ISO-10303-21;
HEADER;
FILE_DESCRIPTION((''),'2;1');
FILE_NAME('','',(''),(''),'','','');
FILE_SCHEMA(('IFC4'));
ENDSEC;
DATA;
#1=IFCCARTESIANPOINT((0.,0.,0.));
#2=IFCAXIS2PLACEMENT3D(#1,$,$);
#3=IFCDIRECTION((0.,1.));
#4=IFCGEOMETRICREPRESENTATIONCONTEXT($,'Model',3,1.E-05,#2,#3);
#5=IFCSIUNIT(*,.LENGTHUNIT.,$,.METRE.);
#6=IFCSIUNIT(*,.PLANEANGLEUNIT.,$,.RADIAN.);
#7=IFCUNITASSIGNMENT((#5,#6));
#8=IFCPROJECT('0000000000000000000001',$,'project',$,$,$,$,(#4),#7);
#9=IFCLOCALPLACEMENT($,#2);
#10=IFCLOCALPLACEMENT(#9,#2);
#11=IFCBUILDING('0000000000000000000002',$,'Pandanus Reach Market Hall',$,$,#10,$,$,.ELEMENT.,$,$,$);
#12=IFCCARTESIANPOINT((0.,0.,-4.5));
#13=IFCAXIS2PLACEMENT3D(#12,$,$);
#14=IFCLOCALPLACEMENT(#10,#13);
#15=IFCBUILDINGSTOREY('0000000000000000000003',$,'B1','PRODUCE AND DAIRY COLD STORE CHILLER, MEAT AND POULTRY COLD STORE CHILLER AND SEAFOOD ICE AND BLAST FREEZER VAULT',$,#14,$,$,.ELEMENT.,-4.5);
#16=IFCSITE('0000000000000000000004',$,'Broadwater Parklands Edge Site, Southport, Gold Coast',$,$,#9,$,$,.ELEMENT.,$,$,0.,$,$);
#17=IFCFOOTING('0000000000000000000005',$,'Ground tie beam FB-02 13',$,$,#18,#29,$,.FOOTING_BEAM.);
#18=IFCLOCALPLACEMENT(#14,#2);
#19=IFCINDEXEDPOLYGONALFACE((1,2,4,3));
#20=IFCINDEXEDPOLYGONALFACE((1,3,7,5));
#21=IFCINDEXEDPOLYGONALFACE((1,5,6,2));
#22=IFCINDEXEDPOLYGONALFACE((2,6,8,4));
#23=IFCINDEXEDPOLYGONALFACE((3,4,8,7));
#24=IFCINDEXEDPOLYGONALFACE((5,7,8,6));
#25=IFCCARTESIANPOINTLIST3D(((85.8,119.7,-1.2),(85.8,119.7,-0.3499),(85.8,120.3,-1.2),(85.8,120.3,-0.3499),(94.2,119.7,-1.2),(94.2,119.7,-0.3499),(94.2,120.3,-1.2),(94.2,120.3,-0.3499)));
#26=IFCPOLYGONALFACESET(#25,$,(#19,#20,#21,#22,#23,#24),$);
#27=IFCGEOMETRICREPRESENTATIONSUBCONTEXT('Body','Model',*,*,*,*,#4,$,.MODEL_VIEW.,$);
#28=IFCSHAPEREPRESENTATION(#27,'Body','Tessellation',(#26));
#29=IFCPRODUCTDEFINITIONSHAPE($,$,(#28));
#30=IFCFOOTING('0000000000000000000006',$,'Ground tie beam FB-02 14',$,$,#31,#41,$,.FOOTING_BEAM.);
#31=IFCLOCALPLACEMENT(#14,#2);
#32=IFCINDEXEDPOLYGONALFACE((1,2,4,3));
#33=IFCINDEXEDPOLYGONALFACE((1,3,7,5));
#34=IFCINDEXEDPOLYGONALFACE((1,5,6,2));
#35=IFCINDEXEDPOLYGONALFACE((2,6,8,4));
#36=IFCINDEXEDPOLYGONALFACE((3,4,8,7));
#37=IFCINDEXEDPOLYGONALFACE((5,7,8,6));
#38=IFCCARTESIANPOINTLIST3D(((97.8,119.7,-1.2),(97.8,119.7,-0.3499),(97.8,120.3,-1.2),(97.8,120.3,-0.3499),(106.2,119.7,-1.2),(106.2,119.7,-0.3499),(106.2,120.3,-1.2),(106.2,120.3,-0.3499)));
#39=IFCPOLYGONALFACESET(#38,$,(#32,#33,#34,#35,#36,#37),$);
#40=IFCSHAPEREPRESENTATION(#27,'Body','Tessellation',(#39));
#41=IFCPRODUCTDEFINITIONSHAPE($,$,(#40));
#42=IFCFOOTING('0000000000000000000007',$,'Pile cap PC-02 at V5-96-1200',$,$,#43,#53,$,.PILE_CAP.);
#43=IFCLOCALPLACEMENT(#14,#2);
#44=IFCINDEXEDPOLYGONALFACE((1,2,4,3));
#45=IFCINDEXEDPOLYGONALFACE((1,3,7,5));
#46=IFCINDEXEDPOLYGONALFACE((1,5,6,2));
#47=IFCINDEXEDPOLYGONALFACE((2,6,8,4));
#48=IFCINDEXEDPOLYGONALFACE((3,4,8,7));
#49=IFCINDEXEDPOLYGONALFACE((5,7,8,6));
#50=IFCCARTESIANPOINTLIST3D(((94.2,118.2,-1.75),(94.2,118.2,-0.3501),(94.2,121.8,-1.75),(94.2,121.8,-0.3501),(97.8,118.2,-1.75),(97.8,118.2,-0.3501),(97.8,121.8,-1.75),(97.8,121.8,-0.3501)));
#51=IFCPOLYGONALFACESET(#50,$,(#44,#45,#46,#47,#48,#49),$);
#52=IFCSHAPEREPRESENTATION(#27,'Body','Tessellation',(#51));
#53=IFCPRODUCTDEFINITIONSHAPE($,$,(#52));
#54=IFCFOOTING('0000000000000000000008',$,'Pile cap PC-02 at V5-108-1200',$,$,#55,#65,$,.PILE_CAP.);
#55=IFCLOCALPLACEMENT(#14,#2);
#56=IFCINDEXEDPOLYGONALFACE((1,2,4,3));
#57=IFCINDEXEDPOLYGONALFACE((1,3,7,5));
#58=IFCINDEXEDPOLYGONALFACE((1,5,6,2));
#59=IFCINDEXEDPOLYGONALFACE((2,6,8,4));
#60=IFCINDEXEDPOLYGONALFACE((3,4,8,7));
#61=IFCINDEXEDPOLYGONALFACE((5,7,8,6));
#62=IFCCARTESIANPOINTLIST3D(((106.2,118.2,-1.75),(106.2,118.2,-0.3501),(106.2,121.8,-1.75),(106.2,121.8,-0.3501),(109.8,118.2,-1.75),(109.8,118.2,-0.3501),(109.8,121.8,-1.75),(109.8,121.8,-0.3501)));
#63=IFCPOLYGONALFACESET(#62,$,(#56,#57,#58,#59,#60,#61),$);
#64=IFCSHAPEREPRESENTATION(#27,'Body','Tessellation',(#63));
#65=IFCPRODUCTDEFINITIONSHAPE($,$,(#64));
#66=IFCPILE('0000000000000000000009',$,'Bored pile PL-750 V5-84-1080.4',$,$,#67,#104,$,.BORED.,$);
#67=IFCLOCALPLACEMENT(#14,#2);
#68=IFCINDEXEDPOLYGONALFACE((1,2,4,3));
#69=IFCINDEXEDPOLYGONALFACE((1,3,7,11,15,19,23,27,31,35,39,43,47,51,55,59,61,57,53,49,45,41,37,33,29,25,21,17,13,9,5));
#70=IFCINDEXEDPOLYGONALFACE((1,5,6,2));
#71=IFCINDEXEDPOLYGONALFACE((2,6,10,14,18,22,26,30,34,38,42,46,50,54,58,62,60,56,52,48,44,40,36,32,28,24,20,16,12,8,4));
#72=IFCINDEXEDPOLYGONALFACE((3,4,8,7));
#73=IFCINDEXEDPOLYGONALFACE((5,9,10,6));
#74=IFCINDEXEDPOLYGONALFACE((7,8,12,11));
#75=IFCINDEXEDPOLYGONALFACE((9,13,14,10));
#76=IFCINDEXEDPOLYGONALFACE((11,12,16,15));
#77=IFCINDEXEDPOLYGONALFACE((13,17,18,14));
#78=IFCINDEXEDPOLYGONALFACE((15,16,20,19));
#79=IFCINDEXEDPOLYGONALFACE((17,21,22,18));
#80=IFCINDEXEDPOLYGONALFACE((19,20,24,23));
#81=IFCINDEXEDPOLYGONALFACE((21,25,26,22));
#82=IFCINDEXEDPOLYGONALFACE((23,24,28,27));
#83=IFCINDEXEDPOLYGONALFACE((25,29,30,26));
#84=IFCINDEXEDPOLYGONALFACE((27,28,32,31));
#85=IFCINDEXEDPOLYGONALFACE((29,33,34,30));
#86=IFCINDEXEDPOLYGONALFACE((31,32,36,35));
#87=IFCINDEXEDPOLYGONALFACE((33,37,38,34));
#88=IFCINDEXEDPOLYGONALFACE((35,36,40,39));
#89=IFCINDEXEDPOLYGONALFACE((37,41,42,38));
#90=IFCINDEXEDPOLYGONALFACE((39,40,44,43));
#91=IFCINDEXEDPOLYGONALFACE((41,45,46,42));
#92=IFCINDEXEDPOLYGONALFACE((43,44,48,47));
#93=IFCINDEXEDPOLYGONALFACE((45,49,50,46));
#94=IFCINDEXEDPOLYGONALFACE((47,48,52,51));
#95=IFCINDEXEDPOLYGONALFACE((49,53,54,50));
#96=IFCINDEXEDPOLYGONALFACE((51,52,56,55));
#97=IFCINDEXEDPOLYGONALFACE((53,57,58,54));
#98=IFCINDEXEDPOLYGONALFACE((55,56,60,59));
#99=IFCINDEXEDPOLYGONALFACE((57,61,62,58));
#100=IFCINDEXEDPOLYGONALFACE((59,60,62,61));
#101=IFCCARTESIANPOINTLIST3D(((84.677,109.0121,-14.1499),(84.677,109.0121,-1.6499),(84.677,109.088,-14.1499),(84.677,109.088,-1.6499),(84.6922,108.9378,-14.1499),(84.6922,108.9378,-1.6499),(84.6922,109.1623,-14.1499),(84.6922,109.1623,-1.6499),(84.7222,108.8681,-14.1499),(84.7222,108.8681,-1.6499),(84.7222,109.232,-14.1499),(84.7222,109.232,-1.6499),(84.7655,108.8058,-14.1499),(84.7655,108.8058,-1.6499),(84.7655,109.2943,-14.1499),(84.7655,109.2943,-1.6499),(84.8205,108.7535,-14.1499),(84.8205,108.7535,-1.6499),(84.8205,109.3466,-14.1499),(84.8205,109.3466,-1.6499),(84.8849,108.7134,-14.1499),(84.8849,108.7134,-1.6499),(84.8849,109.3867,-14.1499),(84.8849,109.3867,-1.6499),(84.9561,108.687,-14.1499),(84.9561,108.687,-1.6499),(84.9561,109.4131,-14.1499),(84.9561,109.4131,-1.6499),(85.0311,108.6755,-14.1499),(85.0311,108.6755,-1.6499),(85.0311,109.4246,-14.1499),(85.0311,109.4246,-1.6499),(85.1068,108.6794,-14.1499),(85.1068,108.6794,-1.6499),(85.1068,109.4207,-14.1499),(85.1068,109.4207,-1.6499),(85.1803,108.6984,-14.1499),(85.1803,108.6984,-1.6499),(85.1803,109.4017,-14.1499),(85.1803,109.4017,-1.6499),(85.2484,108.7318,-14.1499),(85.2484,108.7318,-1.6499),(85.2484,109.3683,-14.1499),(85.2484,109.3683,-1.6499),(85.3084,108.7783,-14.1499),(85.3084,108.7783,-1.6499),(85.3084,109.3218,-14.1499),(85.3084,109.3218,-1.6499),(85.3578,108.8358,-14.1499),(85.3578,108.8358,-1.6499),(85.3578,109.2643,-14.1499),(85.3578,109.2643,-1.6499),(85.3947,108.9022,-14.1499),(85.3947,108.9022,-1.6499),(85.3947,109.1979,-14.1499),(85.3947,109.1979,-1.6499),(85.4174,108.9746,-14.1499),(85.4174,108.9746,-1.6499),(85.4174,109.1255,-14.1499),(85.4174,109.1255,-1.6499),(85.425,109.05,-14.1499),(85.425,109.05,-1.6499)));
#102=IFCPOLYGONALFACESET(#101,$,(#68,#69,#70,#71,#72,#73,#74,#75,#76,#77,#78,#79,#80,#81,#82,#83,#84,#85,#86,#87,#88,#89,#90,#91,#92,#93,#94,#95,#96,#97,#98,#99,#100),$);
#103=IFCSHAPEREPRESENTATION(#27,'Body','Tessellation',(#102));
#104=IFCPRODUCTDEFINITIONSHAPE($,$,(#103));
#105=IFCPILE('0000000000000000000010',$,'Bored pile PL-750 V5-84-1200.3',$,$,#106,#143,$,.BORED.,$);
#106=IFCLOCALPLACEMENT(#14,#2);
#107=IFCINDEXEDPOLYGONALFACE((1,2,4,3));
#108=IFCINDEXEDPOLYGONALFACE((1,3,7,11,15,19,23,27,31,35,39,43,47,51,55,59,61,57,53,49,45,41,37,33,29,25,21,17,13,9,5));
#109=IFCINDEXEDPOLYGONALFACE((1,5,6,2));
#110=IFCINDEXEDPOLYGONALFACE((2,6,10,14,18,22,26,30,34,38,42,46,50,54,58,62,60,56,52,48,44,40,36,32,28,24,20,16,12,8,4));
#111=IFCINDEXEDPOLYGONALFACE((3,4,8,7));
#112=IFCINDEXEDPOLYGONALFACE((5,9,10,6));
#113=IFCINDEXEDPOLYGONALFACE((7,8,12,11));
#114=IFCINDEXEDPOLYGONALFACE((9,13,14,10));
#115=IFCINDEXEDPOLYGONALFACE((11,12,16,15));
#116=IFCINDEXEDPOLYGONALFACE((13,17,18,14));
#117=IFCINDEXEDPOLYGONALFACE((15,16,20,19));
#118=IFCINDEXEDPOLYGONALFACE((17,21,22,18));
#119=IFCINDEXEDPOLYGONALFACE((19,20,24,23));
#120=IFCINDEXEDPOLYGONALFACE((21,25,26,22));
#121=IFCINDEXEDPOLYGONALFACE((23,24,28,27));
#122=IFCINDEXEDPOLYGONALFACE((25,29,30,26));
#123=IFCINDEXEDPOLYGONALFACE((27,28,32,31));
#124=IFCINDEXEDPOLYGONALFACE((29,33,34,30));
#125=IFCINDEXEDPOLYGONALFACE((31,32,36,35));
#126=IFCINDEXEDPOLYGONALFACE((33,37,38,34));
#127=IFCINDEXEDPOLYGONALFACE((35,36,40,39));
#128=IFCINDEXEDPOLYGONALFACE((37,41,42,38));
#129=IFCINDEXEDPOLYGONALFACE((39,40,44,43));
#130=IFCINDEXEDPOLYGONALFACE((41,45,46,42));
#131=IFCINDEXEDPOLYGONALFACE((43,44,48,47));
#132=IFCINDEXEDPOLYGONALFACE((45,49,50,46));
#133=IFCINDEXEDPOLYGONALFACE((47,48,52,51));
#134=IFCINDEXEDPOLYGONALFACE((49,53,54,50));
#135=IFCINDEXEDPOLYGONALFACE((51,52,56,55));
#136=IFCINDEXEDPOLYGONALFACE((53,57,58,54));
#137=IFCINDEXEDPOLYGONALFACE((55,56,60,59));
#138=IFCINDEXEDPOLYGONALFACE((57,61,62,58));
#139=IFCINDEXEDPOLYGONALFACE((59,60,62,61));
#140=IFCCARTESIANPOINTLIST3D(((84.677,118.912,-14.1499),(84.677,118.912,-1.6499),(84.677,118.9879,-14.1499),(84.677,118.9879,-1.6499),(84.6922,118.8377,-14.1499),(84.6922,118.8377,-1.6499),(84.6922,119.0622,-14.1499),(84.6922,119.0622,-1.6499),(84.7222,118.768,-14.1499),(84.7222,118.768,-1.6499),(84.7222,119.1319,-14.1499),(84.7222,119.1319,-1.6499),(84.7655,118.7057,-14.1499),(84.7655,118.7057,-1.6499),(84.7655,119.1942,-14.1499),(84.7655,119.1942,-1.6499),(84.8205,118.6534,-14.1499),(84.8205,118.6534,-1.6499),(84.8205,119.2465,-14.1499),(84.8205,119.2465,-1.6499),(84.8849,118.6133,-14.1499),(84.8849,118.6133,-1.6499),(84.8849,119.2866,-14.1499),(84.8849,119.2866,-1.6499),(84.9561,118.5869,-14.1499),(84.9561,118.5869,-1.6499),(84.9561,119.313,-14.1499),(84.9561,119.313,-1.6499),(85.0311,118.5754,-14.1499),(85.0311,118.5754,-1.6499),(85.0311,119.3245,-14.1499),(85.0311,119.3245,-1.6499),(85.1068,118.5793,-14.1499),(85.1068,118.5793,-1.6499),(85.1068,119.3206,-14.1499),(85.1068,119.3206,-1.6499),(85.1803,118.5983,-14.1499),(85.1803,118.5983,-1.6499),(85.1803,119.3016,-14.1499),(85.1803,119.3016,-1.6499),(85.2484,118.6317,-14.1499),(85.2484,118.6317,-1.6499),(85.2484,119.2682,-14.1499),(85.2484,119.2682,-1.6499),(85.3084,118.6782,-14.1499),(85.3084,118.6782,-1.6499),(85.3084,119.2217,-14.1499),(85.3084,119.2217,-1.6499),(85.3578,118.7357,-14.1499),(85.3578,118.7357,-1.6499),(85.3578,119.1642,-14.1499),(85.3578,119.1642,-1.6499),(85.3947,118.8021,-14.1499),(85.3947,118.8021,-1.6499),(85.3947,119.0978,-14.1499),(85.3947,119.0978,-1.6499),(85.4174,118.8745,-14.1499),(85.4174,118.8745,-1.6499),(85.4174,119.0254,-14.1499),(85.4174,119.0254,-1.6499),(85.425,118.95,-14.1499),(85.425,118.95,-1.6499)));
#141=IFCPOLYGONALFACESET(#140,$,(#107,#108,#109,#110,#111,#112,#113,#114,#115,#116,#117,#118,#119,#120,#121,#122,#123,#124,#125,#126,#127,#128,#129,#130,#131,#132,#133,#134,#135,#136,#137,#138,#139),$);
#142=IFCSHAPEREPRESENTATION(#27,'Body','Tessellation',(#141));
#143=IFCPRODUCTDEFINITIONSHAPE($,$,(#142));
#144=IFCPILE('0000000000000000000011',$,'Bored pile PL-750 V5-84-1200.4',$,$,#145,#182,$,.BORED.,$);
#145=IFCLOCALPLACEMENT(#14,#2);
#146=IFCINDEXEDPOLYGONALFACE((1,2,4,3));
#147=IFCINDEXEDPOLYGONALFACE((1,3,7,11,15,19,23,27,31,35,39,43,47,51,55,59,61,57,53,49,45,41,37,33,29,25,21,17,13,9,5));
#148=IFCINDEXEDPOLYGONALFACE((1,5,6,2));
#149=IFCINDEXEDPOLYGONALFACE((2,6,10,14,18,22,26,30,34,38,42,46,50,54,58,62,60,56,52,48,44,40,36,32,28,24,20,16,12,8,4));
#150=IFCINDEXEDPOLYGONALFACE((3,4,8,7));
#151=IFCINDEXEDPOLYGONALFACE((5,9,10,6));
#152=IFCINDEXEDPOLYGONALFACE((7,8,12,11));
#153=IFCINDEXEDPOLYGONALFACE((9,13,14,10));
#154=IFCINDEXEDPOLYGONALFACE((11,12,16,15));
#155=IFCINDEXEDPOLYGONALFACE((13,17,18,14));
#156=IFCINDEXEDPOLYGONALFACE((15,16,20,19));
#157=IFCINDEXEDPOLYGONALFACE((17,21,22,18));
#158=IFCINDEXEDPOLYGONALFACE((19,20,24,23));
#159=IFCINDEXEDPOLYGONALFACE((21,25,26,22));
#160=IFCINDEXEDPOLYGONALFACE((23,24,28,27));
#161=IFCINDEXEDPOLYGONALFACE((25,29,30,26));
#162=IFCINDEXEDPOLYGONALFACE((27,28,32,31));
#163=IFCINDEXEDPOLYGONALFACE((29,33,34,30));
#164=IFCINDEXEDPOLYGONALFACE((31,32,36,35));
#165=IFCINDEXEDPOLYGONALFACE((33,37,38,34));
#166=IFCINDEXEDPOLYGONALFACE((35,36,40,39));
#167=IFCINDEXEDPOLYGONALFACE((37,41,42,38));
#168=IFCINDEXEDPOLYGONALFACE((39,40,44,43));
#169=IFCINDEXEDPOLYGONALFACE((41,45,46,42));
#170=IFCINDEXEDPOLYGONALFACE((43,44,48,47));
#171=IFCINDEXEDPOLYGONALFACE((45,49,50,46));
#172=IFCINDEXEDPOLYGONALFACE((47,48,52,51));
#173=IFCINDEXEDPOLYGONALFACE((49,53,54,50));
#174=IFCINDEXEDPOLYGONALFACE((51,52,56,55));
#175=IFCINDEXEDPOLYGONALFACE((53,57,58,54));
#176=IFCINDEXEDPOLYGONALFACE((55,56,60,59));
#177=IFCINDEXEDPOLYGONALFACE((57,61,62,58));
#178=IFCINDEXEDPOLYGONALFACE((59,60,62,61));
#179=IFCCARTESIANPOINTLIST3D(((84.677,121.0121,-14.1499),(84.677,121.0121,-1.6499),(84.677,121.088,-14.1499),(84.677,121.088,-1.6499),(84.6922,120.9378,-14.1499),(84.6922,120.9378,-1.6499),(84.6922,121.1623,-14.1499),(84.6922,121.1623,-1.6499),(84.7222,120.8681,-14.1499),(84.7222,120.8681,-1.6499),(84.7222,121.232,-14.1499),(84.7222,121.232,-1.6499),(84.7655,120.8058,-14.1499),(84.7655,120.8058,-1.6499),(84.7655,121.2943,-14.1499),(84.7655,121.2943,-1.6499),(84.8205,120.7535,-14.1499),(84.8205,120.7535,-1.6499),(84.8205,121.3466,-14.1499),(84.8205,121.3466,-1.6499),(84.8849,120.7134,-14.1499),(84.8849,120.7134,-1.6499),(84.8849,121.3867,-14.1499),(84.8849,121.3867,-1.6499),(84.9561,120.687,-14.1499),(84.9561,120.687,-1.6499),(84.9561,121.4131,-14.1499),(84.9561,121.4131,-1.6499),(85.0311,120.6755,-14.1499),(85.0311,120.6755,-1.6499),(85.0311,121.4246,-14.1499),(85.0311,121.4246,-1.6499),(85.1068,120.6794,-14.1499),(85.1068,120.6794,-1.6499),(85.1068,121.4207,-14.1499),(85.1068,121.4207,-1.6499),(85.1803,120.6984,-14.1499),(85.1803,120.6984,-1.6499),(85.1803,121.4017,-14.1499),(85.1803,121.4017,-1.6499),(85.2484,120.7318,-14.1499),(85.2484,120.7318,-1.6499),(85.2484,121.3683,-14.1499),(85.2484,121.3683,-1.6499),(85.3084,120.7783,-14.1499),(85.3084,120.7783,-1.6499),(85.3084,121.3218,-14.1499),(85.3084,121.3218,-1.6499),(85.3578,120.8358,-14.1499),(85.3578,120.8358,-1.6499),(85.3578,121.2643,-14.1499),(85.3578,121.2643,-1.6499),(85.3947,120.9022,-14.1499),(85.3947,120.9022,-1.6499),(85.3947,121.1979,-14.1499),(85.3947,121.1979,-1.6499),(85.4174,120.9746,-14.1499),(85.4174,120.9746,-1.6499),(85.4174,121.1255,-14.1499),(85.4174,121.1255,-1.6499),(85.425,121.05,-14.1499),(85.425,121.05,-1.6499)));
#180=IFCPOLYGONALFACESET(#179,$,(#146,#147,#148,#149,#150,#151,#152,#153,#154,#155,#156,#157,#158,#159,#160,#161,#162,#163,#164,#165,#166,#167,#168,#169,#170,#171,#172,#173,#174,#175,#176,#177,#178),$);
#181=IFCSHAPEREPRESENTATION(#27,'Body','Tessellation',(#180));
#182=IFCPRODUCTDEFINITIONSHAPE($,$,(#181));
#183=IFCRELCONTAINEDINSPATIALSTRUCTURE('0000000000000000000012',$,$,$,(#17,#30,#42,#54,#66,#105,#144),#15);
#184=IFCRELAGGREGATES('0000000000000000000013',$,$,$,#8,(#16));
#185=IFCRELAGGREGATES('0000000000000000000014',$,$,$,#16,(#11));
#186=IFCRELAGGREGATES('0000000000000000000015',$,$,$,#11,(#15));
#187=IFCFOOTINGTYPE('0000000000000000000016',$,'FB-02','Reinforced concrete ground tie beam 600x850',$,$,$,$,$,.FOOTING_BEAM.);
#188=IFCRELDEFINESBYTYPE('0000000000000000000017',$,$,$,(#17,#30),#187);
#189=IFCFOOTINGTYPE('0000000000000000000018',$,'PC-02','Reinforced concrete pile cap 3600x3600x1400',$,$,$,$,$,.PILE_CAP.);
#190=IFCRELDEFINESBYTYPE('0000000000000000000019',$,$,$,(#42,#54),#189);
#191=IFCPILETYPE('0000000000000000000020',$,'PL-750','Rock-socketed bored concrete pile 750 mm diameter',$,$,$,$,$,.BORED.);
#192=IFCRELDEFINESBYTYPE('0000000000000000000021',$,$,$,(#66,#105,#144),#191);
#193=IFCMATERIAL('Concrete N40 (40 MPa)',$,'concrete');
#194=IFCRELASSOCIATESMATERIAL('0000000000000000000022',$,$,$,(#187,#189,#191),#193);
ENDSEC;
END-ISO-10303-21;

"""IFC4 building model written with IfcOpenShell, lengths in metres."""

from ifc_helpers import new_model, si_unit, direction, frame, origin, origin_2d, place, context, subcontext, project, spatial, rectangle, circle, extrude, material, material_profile, profile_set, type_object, element, save


model = new_model("IFC4")

# Units and contexts
model_context = context("Model", 3, precision=1e-05, world=origin(), true_north=direction((0.0, 1.0)))
body_context = subcontext(model_context, "Body", "Model", "MODEL_VIEW")
ifc_project = project(units=[si_unit("LENGTHUNIT", "METRE"), si_unit("PLANEANGLEUNIT", "RADIAN")], contexts=[model_context])

# Site, building, storey
site_placement = place(None, origin())
site = spatial("IfcSite", under=ifc_project, at=site_placement, Name="Broadwater Parklands Edge Site, Southport, Gold Coast", CompositionType="ELEMENT", RefElevation=0.0)
building_placement = place(site_placement, origin())
building = spatial("IfcBuilding", under=site, at=building_placement, Name="Pandanus Reach Market Hall", CompositionType="ELEMENT")
storey_placement = place(building_placement, frame((0.0, 0.0, -4.5)))
storey = spatial("IfcBuildingStorey", under=building, at=storey_placement, Name="B1", Description="PRODUCE AND DAIRY COLD STORE CHILLER, MEAT AND POULTRY COLD STORE CHILLER AND SEAFOOD ICE AND BLAST FREEZER VAULT", CompositionType="ELEMENT", Elevation=-4.5)

# Footings
ifc_material_1 = material(Name="Concrete N40 (40 MPa)", Category="concrete")
footing_type_1 = type_object("IfcFootingType", Name="FB-02", Description="Reinforced concrete ground tie beam 600x850", PredefinedType="FOOTING_BEAM", material=ifc_material_1)
for number, where, z_axis, x_axis, name in (
    (1, (90.0, 120.0, -1.2), (0.0, 0.0, 1.0), (1.0, 0.0, 0.0), "Ground tie beam FB-02 13"),
    (2, (102.0, 120.0, -1.2), (0.0, 0.0, 1.0), (1.0, 0.0, 0.0), "Ground tie beam FB-02 14"),
):
    element("IfcFooting", number, at=place(storey_placement, frame(where, z_axis=z_axis, x_axis=x_axis)), inside=storey, type_object=footing_type_1, Name=name, PredefinedType="FOOTING_BEAM", context=body_context, shape_type="SweptSolid", body=[
        extrude(rectangle(XDim=8.3999, YDim=0.6001, at=origin_2d()), origin(), (0.0, 0.0, 1.0), 0.8501),
    ])
footing_type_2 = type_object("IfcFootingType", Name="PC-02", Description="Reinforced concrete pile cap 3600x3600x1400", PredefinedType="PILE_CAP", material=ifc_material_1)
for number, where, z_axis, x_axis, name in (
    (3, (96.0, 120.0, -1.75), (0.0, 0.0, 1.0), (1.0, 0.0, 0.0), "Pile cap PC-02 at V5-96-1200"),
    (4, (108.0, 120.0, -1.75), (0.0, 0.0, 1.0), (1.0, 0.0, 0.0), "Pile cap PC-02 at V5-108-1200"),
):
    element("IfcFooting", number, at=place(storey_placement, frame(where, z_axis=z_axis, x_axis=x_axis)), inside=storey, type_object=footing_type_2, Name=name, PredefinedType="PILE_CAP", context=body_context, shape_type="SweptSolid", body=[
        extrude(rectangle(XDim=3.6001, YDim=3.6001, at=origin_2d()), origin(), (0.0, 0.0, 1.0), 1.3999),
    ])

# Piles
ifc_material_profile_1 = material_profile(ifc_material_1, circle(Radius=0.375, at=origin_2d()), Name="PILE-750D", Category="LoadBearing")
ifc_profile_set_1 = profile_set([ifc_material_profile_1], Name="Concrete N40 (40 MPa)")
pile_type = type_object("IfcPileType", Name="PL-750", Description="Rock-socketed bored concrete pile 750 mm diameter", PredefinedType="BORED", material=ifc_profile_set_1)
for number, where, z_axis, x_axis, name in (
    (5, (85.05, 109.05, -1.6499), (0.0, 0.0, -1.0), (1.0, 0.0, 0.0), "Bored pile PL-750 V5-84-1080.4"),
    (6, (85.05, 118.95, -1.6499), (0.0, 0.0, -1.0), (1.0, 0.0, 0.0), "Bored pile PL-750 V5-84-1200.3"),
    (7, (85.05, 121.05, -1.6499), (0.0, 0.0, -1.0), (1.0, 0.0, 0.0), "Bored pile PL-750 V5-84-1200.4"),
):
    element("IfcPile", number, at=place(storey_placement, frame(where, z_axis=z_axis, x_axis=x_axis)), inside=storey, type_object=pile_type, Name=name, PredefinedType="BORED", context=body_context, shape_type="SweptSolid", body=[
        extrude(circle(Radius=0.375, at=origin_2d()), origin(), (0.0, 0.0, 1.0), 12.5),
    ])

save(model, "model.ifc")
